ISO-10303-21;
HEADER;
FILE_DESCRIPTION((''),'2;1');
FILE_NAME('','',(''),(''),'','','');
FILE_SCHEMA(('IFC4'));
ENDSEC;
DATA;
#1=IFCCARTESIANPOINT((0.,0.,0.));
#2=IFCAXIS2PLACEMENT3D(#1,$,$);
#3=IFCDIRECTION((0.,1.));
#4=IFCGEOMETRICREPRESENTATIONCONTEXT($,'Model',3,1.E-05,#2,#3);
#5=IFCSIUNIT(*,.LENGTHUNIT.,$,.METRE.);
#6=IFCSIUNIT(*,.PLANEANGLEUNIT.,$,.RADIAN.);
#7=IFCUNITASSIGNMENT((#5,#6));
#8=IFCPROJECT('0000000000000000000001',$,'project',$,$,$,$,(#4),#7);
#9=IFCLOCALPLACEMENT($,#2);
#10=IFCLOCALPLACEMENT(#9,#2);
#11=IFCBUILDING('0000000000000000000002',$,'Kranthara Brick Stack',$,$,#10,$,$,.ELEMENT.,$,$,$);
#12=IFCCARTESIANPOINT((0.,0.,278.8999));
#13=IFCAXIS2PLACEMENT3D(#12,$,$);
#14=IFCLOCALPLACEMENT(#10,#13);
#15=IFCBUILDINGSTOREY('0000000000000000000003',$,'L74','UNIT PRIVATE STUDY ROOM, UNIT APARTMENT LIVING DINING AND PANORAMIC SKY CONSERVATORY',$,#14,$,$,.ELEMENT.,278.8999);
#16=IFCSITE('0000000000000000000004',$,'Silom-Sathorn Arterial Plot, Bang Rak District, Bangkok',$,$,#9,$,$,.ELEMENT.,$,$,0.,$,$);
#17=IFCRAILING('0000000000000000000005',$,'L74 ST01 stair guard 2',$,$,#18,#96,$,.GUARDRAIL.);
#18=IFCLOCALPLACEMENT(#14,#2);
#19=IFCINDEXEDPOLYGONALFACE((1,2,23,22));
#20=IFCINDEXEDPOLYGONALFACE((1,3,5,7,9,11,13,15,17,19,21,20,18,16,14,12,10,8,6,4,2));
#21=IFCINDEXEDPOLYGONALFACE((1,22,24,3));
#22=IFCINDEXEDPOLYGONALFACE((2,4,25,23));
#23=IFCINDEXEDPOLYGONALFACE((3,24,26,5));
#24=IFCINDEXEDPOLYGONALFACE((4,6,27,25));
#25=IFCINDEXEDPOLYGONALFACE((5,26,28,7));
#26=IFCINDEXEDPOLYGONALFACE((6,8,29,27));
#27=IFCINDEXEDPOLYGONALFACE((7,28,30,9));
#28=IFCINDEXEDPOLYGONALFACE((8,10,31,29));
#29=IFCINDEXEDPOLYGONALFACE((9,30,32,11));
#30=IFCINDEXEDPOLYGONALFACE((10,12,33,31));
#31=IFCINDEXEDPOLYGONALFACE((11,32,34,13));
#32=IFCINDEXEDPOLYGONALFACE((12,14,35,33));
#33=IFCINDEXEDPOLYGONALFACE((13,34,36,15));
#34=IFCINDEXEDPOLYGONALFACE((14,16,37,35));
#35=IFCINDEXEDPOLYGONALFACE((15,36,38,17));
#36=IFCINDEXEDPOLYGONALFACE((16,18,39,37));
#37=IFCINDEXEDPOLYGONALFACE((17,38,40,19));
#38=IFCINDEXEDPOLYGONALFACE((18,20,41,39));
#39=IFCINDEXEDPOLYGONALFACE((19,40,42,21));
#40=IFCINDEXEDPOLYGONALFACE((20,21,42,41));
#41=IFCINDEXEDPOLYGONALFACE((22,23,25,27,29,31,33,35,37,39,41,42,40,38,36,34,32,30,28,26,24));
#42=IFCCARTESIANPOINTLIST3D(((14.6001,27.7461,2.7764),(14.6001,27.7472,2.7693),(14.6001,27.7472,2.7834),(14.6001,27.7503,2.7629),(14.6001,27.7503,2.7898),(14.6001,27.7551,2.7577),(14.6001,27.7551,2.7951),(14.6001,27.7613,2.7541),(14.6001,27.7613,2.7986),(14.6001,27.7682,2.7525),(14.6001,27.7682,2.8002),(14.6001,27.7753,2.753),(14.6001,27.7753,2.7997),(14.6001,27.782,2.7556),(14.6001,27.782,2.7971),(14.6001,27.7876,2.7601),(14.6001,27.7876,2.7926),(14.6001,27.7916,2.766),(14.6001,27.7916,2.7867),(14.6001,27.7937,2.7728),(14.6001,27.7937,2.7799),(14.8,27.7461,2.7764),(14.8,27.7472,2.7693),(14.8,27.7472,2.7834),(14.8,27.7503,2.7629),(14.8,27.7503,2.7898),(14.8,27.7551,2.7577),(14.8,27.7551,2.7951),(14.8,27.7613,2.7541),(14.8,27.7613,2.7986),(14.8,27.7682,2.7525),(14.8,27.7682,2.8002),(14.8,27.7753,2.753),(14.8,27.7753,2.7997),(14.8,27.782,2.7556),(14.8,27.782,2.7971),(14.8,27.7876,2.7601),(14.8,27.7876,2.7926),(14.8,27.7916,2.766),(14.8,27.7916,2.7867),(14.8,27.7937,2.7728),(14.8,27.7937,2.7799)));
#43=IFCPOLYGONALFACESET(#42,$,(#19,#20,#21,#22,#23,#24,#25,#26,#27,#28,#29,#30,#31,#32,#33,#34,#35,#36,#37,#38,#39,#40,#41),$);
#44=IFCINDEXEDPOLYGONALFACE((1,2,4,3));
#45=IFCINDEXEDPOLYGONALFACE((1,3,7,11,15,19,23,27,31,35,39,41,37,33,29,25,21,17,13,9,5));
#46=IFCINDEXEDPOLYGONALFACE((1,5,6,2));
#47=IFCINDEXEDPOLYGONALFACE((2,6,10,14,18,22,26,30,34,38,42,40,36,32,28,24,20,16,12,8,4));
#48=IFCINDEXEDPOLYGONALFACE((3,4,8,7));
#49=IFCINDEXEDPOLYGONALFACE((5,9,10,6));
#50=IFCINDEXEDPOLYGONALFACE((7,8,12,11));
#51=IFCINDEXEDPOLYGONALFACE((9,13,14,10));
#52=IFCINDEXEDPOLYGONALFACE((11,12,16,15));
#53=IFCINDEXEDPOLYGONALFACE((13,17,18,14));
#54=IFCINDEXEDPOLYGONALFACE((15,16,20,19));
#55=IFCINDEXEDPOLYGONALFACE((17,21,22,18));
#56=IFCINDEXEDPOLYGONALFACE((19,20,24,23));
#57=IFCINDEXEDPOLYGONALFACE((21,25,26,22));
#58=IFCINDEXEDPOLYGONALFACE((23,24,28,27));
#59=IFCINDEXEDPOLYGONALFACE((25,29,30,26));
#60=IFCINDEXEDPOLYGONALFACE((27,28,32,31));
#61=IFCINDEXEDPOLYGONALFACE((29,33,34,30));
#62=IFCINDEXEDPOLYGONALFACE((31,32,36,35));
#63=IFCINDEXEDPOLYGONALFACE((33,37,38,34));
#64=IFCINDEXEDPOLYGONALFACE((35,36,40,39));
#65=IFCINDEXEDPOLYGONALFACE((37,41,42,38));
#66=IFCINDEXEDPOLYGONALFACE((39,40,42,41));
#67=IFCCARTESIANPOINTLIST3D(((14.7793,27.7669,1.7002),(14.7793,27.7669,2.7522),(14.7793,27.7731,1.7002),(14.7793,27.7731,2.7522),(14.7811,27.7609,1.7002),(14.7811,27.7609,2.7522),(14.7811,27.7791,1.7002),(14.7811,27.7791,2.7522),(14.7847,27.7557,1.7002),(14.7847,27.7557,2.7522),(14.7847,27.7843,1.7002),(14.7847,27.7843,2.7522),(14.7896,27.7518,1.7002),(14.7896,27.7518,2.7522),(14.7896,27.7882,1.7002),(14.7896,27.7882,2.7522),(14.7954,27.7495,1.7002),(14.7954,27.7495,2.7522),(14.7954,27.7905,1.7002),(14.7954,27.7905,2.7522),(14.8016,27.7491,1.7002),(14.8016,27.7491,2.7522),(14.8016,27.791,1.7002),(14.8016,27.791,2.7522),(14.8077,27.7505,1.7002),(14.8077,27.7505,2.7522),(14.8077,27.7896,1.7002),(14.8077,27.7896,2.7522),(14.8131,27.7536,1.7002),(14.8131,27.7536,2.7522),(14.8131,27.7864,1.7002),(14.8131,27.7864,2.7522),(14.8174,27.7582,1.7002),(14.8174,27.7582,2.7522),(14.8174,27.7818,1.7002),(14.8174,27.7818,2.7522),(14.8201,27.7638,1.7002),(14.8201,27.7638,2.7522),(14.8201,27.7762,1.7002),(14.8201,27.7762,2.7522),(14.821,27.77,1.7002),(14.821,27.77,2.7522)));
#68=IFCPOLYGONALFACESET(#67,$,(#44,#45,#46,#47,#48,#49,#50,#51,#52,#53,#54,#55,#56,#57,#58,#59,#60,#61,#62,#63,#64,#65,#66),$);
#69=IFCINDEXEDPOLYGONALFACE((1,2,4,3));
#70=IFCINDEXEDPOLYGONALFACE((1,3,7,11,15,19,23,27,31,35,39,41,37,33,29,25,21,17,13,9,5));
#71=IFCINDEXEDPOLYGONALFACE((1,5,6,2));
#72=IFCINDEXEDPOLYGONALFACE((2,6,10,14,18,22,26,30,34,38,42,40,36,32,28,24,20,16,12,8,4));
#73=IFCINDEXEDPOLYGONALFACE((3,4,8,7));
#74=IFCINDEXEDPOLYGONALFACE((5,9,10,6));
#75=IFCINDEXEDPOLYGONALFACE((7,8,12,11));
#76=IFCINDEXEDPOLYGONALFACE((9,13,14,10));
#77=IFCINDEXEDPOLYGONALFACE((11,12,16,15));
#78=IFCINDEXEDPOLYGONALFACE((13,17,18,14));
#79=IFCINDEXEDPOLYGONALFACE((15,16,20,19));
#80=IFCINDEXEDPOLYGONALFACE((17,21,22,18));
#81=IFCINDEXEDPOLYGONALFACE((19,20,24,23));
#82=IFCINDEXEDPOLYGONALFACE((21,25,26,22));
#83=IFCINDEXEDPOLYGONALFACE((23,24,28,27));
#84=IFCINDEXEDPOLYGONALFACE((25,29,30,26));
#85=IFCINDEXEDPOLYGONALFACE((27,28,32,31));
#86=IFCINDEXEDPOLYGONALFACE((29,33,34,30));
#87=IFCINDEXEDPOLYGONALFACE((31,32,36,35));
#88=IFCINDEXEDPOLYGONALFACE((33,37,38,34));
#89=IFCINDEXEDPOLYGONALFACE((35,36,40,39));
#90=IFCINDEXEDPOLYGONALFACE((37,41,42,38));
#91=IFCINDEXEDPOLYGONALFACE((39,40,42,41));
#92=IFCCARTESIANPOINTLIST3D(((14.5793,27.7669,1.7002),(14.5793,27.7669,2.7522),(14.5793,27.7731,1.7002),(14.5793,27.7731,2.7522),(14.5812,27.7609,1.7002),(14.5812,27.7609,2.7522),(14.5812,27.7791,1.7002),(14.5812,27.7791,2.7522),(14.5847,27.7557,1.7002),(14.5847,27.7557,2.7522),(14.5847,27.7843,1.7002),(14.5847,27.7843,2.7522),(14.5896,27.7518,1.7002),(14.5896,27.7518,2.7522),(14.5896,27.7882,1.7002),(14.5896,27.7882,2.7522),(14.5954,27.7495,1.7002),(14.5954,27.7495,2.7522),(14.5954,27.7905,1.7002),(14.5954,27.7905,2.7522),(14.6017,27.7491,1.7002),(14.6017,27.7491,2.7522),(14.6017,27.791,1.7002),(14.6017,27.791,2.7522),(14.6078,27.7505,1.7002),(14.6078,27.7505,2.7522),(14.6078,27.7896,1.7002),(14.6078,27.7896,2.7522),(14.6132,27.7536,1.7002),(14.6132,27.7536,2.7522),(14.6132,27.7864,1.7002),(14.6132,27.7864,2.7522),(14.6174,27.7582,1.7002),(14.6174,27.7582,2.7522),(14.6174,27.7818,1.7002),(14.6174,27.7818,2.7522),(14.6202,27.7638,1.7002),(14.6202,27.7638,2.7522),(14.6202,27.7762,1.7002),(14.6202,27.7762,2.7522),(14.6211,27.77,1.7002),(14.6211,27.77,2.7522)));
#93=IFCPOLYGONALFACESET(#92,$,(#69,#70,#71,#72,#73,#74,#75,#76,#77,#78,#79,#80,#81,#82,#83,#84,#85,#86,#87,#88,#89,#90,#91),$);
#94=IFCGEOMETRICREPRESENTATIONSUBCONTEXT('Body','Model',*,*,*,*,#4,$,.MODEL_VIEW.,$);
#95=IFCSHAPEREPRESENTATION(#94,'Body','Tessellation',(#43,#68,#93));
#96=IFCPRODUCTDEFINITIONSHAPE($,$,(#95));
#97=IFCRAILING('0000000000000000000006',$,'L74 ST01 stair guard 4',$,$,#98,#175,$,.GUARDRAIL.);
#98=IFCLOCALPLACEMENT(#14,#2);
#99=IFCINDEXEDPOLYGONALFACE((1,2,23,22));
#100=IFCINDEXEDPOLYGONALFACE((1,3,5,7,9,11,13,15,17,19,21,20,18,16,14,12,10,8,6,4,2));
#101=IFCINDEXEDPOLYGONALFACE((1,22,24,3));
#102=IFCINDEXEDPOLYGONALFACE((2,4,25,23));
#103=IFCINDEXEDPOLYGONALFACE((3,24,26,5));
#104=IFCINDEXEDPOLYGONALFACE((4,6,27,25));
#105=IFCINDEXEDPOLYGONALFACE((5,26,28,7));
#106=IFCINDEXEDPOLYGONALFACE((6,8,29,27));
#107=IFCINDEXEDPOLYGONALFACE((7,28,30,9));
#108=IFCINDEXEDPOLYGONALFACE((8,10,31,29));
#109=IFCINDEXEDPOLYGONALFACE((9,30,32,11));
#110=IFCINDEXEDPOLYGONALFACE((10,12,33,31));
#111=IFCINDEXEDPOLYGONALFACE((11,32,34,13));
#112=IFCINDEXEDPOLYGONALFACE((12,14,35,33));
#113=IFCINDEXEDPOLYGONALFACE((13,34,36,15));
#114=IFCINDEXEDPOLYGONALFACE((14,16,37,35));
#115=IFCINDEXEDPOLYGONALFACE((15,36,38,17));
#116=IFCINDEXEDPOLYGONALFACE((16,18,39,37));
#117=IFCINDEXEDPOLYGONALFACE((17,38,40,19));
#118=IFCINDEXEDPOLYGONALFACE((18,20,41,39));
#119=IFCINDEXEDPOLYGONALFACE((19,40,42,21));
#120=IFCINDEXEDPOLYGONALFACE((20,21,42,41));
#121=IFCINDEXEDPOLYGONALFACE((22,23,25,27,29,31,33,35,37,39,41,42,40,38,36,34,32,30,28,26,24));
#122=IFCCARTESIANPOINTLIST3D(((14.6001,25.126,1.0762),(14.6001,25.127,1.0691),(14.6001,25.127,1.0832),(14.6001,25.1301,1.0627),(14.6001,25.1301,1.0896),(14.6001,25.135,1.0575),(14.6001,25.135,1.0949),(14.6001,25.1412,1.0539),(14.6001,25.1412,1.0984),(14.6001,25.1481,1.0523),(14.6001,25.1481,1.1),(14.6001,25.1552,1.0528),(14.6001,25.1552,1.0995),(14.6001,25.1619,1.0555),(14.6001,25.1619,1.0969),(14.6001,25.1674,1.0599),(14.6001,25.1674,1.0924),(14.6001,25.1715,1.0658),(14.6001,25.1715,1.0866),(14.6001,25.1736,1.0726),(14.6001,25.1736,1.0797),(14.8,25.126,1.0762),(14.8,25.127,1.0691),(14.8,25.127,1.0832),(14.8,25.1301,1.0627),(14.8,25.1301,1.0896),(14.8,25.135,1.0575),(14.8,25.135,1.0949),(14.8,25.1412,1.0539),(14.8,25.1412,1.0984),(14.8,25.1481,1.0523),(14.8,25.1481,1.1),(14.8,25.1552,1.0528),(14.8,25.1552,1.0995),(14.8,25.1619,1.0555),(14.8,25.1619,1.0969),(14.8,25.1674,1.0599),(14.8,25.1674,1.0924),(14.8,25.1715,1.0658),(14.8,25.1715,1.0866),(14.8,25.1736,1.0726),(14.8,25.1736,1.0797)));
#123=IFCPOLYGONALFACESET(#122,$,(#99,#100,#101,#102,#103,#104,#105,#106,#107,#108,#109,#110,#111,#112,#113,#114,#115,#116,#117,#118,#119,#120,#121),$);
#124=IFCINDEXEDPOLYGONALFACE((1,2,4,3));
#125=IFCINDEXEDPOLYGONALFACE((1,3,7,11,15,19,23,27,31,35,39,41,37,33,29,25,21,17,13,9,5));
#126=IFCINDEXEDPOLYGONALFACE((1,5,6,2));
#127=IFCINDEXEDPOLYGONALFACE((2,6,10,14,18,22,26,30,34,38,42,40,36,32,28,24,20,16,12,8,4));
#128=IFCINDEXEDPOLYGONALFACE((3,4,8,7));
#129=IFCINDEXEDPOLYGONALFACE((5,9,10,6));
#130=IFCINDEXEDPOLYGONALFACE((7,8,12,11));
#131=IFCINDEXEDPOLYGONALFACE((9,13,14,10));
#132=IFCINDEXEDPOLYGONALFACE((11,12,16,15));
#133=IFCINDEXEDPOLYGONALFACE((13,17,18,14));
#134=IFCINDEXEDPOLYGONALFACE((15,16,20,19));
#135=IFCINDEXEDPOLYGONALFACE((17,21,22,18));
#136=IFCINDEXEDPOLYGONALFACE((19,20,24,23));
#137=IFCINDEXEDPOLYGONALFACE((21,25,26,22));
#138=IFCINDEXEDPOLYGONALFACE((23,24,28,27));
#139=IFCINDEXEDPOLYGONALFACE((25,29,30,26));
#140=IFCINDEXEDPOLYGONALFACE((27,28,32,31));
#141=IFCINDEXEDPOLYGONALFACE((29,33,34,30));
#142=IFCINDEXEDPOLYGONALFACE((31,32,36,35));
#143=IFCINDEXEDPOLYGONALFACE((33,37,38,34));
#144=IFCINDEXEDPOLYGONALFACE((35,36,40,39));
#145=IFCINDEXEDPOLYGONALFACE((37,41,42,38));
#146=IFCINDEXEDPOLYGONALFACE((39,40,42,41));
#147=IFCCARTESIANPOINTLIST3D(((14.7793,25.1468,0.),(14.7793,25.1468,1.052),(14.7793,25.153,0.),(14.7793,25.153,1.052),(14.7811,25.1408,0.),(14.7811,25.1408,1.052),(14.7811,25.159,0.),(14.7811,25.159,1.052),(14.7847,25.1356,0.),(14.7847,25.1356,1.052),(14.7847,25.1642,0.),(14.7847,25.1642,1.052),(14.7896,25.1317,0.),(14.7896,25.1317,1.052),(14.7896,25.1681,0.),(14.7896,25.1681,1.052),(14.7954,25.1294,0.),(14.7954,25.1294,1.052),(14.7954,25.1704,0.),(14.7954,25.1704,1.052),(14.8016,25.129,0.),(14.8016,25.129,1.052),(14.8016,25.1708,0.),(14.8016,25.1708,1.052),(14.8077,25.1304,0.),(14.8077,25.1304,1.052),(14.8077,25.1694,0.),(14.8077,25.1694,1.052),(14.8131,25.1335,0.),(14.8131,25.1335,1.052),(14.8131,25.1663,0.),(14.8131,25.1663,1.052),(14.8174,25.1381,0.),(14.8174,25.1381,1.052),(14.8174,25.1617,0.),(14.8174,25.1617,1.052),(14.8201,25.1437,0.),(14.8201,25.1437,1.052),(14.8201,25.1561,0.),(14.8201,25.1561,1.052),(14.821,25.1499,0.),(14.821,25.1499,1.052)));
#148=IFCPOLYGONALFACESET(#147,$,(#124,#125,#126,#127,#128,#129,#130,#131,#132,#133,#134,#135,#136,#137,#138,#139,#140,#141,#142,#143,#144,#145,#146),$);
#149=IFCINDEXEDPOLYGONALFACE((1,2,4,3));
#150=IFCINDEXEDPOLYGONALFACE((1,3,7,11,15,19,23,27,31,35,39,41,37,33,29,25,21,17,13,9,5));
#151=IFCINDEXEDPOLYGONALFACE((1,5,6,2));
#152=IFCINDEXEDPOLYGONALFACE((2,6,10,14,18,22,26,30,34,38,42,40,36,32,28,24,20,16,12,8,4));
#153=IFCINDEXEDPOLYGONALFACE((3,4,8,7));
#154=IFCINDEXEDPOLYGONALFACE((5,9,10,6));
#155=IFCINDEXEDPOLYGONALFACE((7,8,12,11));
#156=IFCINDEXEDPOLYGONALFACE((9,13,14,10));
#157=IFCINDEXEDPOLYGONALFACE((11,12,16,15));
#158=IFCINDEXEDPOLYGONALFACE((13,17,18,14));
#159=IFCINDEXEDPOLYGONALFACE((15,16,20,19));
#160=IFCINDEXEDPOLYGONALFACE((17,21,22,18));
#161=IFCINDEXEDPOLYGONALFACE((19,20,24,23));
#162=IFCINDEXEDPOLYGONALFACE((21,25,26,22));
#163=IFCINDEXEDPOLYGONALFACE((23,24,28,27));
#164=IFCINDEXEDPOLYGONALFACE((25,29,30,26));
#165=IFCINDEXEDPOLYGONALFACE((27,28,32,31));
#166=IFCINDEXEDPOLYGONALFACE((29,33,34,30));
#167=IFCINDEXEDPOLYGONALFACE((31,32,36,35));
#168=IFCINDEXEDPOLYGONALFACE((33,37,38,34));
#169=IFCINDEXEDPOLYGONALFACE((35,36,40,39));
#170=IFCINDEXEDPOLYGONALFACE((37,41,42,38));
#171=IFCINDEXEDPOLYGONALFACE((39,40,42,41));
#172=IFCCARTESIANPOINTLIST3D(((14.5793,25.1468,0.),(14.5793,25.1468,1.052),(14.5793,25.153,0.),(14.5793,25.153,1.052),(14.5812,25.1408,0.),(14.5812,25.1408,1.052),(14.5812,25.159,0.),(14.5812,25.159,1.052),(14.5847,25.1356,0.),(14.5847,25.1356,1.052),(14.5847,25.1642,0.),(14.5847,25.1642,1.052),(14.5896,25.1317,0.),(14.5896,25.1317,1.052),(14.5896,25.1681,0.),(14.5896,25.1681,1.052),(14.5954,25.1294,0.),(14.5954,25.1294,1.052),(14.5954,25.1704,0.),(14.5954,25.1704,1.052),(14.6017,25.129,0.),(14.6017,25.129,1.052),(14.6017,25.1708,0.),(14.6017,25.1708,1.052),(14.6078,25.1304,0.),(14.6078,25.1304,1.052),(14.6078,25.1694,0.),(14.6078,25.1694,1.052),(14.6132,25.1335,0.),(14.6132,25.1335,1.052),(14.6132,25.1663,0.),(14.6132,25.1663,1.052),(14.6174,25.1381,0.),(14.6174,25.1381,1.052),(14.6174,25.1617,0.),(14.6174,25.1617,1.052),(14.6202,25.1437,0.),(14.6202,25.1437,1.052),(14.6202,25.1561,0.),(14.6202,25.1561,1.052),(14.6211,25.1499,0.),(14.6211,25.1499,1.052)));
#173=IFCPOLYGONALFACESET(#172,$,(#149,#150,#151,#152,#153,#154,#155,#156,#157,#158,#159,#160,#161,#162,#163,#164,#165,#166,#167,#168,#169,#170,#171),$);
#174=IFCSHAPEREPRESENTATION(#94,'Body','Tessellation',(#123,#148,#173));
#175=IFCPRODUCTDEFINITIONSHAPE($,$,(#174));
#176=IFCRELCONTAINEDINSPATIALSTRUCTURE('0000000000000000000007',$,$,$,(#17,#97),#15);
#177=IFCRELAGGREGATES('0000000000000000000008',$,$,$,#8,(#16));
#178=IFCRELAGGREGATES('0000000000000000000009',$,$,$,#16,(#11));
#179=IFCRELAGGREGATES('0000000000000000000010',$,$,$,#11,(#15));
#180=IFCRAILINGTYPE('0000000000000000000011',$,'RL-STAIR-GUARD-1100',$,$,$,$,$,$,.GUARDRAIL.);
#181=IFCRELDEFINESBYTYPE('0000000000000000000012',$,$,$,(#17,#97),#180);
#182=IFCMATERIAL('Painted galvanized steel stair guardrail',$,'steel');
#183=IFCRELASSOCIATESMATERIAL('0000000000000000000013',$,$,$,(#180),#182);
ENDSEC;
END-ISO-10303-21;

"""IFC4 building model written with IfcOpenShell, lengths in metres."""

from ifc_helpers import new_model, si_unit, direction, frame, origin, origin_2d, place, context, subcontext, project, spatial, circle, extrude, material, type_object, element, save


model = new_model("IFC4")

# Units and contexts
model_context = context("Model", 3, precision=1e-05, world=origin(), true_north=direction((0.0, 1.0)))
body_context = subcontext(model_context, "Body", "Model", "MODEL_VIEW")
ifc_project = project(units=[si_unit("LENGTHUNIT", "METRE"), si_unit("PLANEANGLEUNIT", "RADIAN")], contexts=[model_context])

# Site, building, storey
site_placement = place(None, origin())
site = spatial("IfcSite", under=ifc_project, at=site_placement, Name="Silom-Sathorn Arterial Plot, Bang Rak District, Bangkok", CompositionType="ELEMENT", RefElevation=0.0)
building_placement = place(site_placement, origin())
building = spatial("IfcBuilding", under=site, at=building_placement, Name="Kranthara Brick Stack", CompositionType="ELEMENT")
storey_placement = place(building_placement, frame((0.0, 0.0, 278.8999)))
storey = spatial("IfcBuildingStorey", under=building, at=storey_placement, Name="L74", Description="UNIT PRIVATE STUDY ROOM, UNIT APARTMENT LIVING DINING AND PANORAMIC SKY CONSERVATORY", CompositionType="ELEMENT", Elevation=278.8999)

# Railings
ifc_material_1 = material(Name="Painted galvanized steel stair guardrail", Category="steel")
railing_type_1 = type_object("IfcRailingType", Name="RL-STAIR-GUARD-1100", PredefinedType="GUARDRAIL", material=ifc_material_1)
for number, where, name in (
    (1, (14.8, 27.77, 1.7002), "L74 ST01 stair guard 2"),
    (2, (14.8, 25.1499, 0.0), "L74 ST01 stair guard 4"),
):
    element("IfcRailing", number, at=place(storey_placement, frame(where)), inside=storey, type_object=railing_type_1, Name=name, PredefinedType="GUARDRAIL", context=body_context, shape_type="SweptSolid", body=[
        extrude(circle(Radius=0.0239, at=origin_2d()), frame((0.0, 0.0, 1.0762), z_axis=(-1.0, 0.0, 0.0), x_axis=(0.0, -1.0, 0.0)), (0.0, 0.0, 1.0), 0.2),
        extrude(circle(Radius=0.021, at=origin_2d()), origin(), (0.0, 0.0, 1.0), 1.052),
        extrude(circle(Radius=0.021, at=origin_2d()), frame((-0.2, 0.0, 0.0)), (0.0, 0.0, 1.0), 1.052),
    ])

save(model, "model.ifc")
